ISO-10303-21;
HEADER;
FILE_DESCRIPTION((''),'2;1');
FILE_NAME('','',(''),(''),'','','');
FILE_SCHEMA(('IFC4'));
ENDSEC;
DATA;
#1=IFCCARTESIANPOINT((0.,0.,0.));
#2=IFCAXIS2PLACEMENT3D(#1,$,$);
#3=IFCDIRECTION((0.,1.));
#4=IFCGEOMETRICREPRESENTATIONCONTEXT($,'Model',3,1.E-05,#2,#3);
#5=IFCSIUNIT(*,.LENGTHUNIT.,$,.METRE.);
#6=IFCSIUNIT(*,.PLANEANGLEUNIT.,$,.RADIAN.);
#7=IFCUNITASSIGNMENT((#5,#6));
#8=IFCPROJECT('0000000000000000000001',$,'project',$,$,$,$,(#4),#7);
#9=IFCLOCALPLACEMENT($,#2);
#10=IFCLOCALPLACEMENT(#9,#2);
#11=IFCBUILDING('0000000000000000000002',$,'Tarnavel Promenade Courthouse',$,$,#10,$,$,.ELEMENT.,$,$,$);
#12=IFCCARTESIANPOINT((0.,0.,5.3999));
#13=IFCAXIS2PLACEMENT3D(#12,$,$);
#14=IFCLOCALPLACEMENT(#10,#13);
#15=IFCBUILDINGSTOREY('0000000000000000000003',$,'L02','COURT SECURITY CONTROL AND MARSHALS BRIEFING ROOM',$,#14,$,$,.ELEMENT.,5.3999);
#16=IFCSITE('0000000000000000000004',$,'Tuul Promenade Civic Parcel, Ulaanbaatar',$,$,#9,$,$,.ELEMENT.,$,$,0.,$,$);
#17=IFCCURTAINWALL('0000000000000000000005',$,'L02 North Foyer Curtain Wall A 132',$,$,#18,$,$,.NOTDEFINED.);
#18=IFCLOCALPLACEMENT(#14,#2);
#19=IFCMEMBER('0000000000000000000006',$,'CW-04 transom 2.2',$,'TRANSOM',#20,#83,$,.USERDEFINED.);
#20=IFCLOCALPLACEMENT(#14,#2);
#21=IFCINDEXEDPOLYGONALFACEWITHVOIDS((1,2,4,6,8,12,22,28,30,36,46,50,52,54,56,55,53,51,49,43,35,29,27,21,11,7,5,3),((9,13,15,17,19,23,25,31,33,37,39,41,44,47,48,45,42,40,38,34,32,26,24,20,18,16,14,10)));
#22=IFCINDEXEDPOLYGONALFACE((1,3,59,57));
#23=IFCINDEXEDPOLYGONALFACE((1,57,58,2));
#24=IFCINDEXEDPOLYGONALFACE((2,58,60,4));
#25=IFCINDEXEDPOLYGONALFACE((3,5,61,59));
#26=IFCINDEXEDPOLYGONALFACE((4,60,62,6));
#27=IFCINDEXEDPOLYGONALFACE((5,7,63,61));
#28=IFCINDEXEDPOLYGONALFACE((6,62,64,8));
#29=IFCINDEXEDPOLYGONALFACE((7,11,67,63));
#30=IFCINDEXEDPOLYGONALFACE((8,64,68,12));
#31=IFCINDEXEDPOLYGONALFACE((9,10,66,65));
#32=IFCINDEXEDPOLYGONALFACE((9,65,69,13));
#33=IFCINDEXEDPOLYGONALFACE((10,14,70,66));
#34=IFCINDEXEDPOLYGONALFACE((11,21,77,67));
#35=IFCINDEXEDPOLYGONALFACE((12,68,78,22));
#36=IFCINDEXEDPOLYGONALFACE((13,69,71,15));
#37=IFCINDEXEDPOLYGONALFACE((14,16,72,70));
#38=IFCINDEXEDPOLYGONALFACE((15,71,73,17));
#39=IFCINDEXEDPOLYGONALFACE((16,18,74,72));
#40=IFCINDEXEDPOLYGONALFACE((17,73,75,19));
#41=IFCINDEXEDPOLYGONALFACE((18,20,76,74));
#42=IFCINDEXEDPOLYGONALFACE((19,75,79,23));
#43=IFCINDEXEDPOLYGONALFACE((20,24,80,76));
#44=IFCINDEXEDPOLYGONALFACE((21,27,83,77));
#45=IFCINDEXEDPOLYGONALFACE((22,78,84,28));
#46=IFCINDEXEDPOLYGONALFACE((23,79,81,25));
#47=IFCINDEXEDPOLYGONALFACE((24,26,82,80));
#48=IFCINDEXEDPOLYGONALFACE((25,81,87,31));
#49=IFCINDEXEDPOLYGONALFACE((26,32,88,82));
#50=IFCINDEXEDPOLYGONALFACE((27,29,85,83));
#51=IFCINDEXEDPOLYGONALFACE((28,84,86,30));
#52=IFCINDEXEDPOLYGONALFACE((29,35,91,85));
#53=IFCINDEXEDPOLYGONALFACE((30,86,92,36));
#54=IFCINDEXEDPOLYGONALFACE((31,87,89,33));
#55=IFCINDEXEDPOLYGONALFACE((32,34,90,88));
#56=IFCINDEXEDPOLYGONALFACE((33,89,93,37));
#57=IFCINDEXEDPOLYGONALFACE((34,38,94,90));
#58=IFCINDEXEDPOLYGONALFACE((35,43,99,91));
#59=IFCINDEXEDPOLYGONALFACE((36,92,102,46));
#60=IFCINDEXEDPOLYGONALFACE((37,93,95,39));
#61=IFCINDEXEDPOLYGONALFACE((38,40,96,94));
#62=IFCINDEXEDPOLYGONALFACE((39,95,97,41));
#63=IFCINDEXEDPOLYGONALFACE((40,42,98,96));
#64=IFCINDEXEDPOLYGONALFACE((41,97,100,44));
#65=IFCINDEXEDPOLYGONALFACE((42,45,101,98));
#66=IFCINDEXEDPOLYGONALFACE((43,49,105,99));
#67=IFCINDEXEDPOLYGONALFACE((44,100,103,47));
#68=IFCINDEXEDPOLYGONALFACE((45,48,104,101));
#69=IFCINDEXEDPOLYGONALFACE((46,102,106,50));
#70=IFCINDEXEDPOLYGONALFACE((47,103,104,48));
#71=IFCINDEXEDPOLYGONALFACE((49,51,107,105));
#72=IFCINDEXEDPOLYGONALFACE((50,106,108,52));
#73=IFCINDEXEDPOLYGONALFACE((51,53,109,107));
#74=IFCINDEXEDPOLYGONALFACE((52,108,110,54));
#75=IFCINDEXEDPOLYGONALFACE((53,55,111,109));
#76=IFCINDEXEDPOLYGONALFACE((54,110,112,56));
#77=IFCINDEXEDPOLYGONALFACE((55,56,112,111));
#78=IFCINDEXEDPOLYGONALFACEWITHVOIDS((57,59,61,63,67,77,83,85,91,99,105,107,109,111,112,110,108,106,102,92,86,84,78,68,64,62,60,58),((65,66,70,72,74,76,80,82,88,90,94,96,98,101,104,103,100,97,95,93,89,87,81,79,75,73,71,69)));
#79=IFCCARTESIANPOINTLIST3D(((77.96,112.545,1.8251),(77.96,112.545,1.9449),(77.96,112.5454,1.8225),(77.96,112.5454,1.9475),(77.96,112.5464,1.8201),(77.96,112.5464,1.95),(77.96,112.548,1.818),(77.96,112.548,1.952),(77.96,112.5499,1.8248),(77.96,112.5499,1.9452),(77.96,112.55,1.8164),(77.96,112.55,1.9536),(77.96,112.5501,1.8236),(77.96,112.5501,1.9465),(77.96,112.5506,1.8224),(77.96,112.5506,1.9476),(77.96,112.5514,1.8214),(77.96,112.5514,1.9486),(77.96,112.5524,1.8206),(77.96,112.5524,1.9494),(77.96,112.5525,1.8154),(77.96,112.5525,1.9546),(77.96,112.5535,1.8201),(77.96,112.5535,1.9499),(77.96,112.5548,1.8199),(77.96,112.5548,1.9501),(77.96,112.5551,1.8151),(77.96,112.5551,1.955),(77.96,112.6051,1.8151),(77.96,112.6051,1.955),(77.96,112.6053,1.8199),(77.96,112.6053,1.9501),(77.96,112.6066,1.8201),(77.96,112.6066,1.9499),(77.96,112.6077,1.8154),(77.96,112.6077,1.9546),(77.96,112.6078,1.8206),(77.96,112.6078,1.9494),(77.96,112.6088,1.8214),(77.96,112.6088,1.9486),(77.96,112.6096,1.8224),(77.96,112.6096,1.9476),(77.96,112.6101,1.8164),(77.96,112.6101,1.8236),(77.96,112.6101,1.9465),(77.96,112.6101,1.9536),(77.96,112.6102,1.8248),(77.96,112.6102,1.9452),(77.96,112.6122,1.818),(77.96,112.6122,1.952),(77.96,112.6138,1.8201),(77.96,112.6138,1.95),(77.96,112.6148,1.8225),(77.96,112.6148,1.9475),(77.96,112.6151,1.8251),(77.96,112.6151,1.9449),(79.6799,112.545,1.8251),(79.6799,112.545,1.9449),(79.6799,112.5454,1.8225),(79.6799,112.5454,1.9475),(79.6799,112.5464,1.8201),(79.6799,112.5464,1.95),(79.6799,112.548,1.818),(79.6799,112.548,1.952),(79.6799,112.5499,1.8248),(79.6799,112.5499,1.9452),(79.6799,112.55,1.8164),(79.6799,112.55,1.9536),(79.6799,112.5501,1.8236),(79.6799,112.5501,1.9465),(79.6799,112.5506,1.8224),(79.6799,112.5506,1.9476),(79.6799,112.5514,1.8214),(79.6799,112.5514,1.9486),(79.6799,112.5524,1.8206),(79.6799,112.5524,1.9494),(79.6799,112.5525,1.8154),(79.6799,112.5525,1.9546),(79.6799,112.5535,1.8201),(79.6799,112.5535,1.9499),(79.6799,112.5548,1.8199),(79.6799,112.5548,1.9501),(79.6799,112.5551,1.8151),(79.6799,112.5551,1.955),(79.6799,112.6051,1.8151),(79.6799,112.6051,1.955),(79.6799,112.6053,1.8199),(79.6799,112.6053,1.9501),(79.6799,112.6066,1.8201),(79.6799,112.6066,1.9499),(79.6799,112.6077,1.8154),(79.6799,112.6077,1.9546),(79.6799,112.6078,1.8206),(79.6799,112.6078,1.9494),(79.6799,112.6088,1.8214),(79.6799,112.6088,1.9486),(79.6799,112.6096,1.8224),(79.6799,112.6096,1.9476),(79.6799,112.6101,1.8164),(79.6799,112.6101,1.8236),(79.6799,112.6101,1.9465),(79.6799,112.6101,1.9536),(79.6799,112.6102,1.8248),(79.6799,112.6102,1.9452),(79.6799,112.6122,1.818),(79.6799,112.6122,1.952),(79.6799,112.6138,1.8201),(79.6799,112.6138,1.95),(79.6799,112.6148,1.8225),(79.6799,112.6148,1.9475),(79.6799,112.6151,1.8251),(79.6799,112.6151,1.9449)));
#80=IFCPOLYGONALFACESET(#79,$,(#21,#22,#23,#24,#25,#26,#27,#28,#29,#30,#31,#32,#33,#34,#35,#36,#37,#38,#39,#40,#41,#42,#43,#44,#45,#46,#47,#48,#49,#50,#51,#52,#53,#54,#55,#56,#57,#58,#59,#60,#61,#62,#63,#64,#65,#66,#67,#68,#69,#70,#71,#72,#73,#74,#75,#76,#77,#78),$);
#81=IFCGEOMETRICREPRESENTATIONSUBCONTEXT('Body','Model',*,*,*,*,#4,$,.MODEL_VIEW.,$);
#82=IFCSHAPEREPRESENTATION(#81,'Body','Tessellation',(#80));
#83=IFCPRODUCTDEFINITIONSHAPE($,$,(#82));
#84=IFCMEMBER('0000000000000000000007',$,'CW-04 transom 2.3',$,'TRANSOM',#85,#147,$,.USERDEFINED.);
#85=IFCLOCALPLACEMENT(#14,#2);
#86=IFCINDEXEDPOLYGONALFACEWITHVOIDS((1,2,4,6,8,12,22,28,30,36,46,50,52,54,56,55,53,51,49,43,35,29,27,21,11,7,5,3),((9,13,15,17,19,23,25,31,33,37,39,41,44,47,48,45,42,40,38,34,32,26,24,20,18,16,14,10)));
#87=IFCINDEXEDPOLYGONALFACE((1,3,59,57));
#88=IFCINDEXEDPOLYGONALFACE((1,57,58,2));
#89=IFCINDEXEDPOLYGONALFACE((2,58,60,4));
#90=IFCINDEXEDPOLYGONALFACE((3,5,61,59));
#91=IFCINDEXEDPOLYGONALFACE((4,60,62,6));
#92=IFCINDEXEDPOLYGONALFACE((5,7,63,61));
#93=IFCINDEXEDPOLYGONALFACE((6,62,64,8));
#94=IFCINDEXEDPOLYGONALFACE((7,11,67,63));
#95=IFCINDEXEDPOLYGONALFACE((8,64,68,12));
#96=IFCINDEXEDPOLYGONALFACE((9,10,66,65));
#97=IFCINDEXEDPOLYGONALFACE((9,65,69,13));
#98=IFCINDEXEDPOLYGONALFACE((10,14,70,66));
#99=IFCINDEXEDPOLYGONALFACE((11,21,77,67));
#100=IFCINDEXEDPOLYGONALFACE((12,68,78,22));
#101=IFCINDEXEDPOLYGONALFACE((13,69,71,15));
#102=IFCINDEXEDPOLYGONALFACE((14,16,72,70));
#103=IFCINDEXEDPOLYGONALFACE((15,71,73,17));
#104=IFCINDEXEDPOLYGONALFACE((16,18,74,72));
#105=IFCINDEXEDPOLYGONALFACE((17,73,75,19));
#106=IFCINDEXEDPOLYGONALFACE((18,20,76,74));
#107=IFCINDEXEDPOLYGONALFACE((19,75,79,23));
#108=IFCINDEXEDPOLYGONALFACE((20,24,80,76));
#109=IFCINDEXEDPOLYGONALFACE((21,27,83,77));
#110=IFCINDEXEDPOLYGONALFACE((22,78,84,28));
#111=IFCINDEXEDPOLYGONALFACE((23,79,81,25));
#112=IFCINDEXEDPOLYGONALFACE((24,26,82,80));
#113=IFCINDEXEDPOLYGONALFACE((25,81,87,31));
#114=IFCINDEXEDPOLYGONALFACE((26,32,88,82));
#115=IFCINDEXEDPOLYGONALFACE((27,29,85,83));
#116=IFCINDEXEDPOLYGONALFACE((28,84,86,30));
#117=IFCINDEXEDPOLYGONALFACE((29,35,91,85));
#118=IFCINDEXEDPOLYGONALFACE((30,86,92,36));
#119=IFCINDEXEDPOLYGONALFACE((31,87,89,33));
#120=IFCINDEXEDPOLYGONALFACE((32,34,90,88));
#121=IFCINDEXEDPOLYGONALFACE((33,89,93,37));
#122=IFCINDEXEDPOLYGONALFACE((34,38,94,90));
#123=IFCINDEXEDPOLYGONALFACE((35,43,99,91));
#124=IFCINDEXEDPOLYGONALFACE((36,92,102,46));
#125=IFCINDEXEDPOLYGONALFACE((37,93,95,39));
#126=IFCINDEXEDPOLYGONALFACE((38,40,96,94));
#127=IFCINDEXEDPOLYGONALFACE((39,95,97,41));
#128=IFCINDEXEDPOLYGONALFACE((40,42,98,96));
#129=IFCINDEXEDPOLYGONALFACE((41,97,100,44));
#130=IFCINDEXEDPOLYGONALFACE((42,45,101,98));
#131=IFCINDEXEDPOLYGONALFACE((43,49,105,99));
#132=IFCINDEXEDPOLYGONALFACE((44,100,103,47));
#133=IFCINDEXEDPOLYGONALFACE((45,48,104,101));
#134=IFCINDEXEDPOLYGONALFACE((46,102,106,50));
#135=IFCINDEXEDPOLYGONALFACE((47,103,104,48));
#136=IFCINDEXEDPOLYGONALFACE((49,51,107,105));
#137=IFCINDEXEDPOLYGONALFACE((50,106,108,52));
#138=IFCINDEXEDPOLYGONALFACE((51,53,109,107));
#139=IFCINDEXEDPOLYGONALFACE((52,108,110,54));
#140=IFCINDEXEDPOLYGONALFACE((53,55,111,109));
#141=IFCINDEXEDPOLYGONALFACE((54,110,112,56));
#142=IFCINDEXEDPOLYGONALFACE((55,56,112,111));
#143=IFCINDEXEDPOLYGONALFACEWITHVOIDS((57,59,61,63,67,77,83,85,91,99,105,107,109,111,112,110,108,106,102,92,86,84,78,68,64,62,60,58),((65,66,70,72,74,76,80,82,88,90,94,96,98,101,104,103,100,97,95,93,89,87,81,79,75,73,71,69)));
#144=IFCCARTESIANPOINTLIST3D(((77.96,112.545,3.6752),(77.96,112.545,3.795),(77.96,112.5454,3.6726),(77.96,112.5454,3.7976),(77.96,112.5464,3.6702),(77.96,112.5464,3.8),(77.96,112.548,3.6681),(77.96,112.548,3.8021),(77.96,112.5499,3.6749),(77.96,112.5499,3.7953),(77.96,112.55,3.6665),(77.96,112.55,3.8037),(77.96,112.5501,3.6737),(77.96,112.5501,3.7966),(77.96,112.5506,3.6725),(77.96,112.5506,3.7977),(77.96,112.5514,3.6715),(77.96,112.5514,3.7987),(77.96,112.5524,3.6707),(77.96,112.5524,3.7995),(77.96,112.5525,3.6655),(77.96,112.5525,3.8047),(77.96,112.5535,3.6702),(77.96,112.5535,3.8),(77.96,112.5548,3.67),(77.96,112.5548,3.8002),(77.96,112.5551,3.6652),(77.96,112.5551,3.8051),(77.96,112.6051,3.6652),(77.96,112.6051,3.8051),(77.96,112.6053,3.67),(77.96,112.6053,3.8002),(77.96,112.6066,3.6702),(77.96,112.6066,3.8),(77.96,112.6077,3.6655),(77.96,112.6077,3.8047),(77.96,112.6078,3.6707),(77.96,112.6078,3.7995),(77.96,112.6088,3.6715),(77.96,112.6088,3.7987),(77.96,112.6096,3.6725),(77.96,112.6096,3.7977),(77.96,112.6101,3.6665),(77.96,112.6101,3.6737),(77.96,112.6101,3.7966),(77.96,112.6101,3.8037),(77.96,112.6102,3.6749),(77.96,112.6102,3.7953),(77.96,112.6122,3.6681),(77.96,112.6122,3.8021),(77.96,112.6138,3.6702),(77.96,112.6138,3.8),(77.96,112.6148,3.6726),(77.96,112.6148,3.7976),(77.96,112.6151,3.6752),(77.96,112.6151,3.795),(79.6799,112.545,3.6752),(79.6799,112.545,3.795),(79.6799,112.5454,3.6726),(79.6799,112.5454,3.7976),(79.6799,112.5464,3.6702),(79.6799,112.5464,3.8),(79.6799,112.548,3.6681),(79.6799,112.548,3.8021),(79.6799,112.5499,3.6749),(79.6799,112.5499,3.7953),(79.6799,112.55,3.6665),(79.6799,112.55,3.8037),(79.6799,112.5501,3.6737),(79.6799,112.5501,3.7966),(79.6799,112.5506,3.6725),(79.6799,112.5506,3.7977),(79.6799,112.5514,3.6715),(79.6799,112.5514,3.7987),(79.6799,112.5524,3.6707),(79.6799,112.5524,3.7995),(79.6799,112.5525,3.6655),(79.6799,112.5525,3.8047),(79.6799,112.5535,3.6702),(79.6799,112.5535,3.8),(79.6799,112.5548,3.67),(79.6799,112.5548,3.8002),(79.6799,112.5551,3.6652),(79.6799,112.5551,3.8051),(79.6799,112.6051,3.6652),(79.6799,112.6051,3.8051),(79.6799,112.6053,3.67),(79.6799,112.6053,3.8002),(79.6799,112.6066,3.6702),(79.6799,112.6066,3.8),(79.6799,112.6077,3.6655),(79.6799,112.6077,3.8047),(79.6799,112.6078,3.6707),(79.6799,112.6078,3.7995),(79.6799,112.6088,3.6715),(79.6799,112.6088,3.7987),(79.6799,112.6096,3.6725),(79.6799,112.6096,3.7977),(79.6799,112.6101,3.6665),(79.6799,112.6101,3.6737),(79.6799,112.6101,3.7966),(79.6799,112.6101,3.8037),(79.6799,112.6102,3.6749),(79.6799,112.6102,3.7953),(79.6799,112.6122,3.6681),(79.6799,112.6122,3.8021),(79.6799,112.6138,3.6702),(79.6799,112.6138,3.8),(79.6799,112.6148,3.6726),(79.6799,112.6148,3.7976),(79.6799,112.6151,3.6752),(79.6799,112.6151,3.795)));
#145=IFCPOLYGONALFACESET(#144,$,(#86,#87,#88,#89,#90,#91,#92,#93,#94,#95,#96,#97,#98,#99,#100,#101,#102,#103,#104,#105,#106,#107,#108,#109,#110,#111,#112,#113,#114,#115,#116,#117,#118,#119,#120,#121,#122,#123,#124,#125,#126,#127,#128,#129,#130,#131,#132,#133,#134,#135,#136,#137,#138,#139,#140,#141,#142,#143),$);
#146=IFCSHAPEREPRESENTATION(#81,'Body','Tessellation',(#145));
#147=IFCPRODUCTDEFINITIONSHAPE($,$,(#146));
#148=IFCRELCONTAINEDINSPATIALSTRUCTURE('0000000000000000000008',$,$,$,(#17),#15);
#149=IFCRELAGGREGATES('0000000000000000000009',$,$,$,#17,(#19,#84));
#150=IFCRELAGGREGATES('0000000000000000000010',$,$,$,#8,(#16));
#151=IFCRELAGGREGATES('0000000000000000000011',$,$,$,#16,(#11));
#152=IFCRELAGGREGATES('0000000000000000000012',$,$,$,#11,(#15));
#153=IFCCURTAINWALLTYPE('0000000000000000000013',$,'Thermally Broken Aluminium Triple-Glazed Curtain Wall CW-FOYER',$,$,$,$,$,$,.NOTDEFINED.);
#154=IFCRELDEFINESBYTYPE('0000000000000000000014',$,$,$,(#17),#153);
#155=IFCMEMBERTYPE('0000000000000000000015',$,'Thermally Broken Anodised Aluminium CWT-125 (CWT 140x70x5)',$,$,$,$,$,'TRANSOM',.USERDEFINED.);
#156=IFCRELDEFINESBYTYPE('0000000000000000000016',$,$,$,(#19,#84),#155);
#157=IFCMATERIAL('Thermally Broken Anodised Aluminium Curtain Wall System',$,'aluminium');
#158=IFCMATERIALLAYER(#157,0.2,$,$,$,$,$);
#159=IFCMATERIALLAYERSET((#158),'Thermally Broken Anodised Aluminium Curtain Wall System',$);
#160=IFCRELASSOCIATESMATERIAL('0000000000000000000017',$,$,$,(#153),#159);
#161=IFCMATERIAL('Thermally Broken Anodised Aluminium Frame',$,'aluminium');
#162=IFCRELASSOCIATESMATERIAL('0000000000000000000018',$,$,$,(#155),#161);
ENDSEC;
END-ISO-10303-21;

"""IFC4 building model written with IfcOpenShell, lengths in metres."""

from ifc_helpers import new_model, si_unit, direction, frame, origin, origin_2d, place, context, subcontext, project, spatial, hollow_rectangle, extrude, material, layer, layer_set, material_profile, profile_set, type_object, element, aggregate, save


model = new_model("IFC4")

# Units and contexts
model_context = context("Model", 3, precision=1e-05, world=origin(), true_north=direction((0.0, 1.0)))
body_context = subcontext(model_context, "Body", "Model", "MODEL_VIEW")
ifc_project = project(units=[si_unit("LENGTHUNIT", "METRE"), si_unit("PLANEANGLEUNIT", "RADIAN")], contexts=[model_context])

# Site, building, storey
site_placement = place(None, origin())
site = spatial("IfcSite", under=ifc_project, at=site_placement, Name="Tuul Promenade Civic Parcel, Ulaanbaatar", CompositionType="ELEMENT", RefElevation=0.0)
building_placement = place(site_placement, origin())
building = spatial("IfcBuilding", under=site, at=building_placement, Name="Tarnavel Promenade Courthouse", CompositionType="ELEMENT")
storey_placement = place(building_placement, frame((0.0, 0.0, 5.3999)))
storey = spatial("IfcBuildingStorey", under=building, at=storey_placement, Name="L02", Description="COURT SECURITY CONTROL AND MARSHALS BRIEFING ROOM", CompositionType="ELEMENT", Elevation=5.3999)

# Curtain wall
ifc_material_1 = material(Name="Thermally Broken Anodised Aluminium Curtain Wall System", Category="aluminium")
ifc_layer_1 = layer(ifc_material_1, 0.2)
ifc_layer_set_1 = layer_set([ifc_layer_1], Name="Thermally Broken Anodised Aluminium Curtain Wall System")
curtain_wall_type = type_object("IfcCurtainWallType", Name="Thermally Broken Aluminium Triple-Glazed Curtain Wall CW-FOYER", PredefinedType="NOTDEFINED", material=ifc_layer_set_1)
curtain_wall_1_placement = place(storey_placement, origin())
curtain_wall_1 = element("IfcCurtainWall", 1, at=curtain_wall_1_placement, inside=storey, type_object=curtain_wall_type, Name="L02 North Foyer Curtain Wall A 132", PredefinedType="NOTDEFINED")
ifc_material_2 = material(Name="Thermally Broken Anodised Aluminium Frame", Category="aluminium")

# Members
ifc_material_profile_1 = material_profile(ifc_material_2, hollow_rectangle(XDim=0.0701, YDim=0.1399, WallThickness=0.0049, InnerFilletRadius=0.0049, OuterFilletRadius=0.01, at=origin_2d()), Name="CWT 140x70x5")
ifc_profile_set_1 = profile_set([ifc_material_profile_1], Name="Thermally Broken Anodised Aluminium Frame")
member_type_1 = type_object("IfcMemberType", Name="Thermally Broken Anodised Aluminium CWT-125 (CWT 140x70x5)", ElementType="TRANSOM", PredefinedType="USERDEFINED", material=ifc_profile_set_1)
member_1_placement = place(storey_placement, frame((77.96, 112.5801, 1.885), z_axis=(1.0, 0.0, 0.0), x_axis=(0.0, 1.0, 0.0)))
member_1 = element("IfcMember", 2, at=member_1_placement, type_object=member_type_1, Name="CW-04 transom 2.2", ObjectType="TRANSOM", PredefinedType="USERDEFINED", context=body_context, shape_type="SweptSolid", body=[
    extrude(hollow_rectangle(XDim=0.0701, YDim=0.1399, WallThickness=0.0049, InnerFilletRadius=0.0049, OuterFilletRadius=0.01, at=origin_2d()), origin(), (0.0, 0.0, 1.0), 1.72),
])
member_2_placement = place(storey_placement, frame((77.96, 112.5801, 3.7351), z_axis=(1.0, 0.0, 0.0), x_axis=(0.0, 1.0, 0.0)))
member_2 = element("IfcMember", 3, at=member_2_placement, type_object=member_type_1, Name="CW-04 transom 2.3", ObjectType="TRANSOM", PredefinedType="USERDEFINED", context=body_context, shape_type="SweptSolid", body=[
    extrude(hollow_rectangle(XDim=0.0701, YDim=0.1399, WallThickness=0.0049, InnerFilletRadius=0.0049, OuterFilletRadius=0.01, at=origin_2d()), origin(), (0.0, 0.0, 1.0), 1.72),
])

aggregate(curtain_wall_1, [member_1, member_2])

save(model, "model.ifc")
